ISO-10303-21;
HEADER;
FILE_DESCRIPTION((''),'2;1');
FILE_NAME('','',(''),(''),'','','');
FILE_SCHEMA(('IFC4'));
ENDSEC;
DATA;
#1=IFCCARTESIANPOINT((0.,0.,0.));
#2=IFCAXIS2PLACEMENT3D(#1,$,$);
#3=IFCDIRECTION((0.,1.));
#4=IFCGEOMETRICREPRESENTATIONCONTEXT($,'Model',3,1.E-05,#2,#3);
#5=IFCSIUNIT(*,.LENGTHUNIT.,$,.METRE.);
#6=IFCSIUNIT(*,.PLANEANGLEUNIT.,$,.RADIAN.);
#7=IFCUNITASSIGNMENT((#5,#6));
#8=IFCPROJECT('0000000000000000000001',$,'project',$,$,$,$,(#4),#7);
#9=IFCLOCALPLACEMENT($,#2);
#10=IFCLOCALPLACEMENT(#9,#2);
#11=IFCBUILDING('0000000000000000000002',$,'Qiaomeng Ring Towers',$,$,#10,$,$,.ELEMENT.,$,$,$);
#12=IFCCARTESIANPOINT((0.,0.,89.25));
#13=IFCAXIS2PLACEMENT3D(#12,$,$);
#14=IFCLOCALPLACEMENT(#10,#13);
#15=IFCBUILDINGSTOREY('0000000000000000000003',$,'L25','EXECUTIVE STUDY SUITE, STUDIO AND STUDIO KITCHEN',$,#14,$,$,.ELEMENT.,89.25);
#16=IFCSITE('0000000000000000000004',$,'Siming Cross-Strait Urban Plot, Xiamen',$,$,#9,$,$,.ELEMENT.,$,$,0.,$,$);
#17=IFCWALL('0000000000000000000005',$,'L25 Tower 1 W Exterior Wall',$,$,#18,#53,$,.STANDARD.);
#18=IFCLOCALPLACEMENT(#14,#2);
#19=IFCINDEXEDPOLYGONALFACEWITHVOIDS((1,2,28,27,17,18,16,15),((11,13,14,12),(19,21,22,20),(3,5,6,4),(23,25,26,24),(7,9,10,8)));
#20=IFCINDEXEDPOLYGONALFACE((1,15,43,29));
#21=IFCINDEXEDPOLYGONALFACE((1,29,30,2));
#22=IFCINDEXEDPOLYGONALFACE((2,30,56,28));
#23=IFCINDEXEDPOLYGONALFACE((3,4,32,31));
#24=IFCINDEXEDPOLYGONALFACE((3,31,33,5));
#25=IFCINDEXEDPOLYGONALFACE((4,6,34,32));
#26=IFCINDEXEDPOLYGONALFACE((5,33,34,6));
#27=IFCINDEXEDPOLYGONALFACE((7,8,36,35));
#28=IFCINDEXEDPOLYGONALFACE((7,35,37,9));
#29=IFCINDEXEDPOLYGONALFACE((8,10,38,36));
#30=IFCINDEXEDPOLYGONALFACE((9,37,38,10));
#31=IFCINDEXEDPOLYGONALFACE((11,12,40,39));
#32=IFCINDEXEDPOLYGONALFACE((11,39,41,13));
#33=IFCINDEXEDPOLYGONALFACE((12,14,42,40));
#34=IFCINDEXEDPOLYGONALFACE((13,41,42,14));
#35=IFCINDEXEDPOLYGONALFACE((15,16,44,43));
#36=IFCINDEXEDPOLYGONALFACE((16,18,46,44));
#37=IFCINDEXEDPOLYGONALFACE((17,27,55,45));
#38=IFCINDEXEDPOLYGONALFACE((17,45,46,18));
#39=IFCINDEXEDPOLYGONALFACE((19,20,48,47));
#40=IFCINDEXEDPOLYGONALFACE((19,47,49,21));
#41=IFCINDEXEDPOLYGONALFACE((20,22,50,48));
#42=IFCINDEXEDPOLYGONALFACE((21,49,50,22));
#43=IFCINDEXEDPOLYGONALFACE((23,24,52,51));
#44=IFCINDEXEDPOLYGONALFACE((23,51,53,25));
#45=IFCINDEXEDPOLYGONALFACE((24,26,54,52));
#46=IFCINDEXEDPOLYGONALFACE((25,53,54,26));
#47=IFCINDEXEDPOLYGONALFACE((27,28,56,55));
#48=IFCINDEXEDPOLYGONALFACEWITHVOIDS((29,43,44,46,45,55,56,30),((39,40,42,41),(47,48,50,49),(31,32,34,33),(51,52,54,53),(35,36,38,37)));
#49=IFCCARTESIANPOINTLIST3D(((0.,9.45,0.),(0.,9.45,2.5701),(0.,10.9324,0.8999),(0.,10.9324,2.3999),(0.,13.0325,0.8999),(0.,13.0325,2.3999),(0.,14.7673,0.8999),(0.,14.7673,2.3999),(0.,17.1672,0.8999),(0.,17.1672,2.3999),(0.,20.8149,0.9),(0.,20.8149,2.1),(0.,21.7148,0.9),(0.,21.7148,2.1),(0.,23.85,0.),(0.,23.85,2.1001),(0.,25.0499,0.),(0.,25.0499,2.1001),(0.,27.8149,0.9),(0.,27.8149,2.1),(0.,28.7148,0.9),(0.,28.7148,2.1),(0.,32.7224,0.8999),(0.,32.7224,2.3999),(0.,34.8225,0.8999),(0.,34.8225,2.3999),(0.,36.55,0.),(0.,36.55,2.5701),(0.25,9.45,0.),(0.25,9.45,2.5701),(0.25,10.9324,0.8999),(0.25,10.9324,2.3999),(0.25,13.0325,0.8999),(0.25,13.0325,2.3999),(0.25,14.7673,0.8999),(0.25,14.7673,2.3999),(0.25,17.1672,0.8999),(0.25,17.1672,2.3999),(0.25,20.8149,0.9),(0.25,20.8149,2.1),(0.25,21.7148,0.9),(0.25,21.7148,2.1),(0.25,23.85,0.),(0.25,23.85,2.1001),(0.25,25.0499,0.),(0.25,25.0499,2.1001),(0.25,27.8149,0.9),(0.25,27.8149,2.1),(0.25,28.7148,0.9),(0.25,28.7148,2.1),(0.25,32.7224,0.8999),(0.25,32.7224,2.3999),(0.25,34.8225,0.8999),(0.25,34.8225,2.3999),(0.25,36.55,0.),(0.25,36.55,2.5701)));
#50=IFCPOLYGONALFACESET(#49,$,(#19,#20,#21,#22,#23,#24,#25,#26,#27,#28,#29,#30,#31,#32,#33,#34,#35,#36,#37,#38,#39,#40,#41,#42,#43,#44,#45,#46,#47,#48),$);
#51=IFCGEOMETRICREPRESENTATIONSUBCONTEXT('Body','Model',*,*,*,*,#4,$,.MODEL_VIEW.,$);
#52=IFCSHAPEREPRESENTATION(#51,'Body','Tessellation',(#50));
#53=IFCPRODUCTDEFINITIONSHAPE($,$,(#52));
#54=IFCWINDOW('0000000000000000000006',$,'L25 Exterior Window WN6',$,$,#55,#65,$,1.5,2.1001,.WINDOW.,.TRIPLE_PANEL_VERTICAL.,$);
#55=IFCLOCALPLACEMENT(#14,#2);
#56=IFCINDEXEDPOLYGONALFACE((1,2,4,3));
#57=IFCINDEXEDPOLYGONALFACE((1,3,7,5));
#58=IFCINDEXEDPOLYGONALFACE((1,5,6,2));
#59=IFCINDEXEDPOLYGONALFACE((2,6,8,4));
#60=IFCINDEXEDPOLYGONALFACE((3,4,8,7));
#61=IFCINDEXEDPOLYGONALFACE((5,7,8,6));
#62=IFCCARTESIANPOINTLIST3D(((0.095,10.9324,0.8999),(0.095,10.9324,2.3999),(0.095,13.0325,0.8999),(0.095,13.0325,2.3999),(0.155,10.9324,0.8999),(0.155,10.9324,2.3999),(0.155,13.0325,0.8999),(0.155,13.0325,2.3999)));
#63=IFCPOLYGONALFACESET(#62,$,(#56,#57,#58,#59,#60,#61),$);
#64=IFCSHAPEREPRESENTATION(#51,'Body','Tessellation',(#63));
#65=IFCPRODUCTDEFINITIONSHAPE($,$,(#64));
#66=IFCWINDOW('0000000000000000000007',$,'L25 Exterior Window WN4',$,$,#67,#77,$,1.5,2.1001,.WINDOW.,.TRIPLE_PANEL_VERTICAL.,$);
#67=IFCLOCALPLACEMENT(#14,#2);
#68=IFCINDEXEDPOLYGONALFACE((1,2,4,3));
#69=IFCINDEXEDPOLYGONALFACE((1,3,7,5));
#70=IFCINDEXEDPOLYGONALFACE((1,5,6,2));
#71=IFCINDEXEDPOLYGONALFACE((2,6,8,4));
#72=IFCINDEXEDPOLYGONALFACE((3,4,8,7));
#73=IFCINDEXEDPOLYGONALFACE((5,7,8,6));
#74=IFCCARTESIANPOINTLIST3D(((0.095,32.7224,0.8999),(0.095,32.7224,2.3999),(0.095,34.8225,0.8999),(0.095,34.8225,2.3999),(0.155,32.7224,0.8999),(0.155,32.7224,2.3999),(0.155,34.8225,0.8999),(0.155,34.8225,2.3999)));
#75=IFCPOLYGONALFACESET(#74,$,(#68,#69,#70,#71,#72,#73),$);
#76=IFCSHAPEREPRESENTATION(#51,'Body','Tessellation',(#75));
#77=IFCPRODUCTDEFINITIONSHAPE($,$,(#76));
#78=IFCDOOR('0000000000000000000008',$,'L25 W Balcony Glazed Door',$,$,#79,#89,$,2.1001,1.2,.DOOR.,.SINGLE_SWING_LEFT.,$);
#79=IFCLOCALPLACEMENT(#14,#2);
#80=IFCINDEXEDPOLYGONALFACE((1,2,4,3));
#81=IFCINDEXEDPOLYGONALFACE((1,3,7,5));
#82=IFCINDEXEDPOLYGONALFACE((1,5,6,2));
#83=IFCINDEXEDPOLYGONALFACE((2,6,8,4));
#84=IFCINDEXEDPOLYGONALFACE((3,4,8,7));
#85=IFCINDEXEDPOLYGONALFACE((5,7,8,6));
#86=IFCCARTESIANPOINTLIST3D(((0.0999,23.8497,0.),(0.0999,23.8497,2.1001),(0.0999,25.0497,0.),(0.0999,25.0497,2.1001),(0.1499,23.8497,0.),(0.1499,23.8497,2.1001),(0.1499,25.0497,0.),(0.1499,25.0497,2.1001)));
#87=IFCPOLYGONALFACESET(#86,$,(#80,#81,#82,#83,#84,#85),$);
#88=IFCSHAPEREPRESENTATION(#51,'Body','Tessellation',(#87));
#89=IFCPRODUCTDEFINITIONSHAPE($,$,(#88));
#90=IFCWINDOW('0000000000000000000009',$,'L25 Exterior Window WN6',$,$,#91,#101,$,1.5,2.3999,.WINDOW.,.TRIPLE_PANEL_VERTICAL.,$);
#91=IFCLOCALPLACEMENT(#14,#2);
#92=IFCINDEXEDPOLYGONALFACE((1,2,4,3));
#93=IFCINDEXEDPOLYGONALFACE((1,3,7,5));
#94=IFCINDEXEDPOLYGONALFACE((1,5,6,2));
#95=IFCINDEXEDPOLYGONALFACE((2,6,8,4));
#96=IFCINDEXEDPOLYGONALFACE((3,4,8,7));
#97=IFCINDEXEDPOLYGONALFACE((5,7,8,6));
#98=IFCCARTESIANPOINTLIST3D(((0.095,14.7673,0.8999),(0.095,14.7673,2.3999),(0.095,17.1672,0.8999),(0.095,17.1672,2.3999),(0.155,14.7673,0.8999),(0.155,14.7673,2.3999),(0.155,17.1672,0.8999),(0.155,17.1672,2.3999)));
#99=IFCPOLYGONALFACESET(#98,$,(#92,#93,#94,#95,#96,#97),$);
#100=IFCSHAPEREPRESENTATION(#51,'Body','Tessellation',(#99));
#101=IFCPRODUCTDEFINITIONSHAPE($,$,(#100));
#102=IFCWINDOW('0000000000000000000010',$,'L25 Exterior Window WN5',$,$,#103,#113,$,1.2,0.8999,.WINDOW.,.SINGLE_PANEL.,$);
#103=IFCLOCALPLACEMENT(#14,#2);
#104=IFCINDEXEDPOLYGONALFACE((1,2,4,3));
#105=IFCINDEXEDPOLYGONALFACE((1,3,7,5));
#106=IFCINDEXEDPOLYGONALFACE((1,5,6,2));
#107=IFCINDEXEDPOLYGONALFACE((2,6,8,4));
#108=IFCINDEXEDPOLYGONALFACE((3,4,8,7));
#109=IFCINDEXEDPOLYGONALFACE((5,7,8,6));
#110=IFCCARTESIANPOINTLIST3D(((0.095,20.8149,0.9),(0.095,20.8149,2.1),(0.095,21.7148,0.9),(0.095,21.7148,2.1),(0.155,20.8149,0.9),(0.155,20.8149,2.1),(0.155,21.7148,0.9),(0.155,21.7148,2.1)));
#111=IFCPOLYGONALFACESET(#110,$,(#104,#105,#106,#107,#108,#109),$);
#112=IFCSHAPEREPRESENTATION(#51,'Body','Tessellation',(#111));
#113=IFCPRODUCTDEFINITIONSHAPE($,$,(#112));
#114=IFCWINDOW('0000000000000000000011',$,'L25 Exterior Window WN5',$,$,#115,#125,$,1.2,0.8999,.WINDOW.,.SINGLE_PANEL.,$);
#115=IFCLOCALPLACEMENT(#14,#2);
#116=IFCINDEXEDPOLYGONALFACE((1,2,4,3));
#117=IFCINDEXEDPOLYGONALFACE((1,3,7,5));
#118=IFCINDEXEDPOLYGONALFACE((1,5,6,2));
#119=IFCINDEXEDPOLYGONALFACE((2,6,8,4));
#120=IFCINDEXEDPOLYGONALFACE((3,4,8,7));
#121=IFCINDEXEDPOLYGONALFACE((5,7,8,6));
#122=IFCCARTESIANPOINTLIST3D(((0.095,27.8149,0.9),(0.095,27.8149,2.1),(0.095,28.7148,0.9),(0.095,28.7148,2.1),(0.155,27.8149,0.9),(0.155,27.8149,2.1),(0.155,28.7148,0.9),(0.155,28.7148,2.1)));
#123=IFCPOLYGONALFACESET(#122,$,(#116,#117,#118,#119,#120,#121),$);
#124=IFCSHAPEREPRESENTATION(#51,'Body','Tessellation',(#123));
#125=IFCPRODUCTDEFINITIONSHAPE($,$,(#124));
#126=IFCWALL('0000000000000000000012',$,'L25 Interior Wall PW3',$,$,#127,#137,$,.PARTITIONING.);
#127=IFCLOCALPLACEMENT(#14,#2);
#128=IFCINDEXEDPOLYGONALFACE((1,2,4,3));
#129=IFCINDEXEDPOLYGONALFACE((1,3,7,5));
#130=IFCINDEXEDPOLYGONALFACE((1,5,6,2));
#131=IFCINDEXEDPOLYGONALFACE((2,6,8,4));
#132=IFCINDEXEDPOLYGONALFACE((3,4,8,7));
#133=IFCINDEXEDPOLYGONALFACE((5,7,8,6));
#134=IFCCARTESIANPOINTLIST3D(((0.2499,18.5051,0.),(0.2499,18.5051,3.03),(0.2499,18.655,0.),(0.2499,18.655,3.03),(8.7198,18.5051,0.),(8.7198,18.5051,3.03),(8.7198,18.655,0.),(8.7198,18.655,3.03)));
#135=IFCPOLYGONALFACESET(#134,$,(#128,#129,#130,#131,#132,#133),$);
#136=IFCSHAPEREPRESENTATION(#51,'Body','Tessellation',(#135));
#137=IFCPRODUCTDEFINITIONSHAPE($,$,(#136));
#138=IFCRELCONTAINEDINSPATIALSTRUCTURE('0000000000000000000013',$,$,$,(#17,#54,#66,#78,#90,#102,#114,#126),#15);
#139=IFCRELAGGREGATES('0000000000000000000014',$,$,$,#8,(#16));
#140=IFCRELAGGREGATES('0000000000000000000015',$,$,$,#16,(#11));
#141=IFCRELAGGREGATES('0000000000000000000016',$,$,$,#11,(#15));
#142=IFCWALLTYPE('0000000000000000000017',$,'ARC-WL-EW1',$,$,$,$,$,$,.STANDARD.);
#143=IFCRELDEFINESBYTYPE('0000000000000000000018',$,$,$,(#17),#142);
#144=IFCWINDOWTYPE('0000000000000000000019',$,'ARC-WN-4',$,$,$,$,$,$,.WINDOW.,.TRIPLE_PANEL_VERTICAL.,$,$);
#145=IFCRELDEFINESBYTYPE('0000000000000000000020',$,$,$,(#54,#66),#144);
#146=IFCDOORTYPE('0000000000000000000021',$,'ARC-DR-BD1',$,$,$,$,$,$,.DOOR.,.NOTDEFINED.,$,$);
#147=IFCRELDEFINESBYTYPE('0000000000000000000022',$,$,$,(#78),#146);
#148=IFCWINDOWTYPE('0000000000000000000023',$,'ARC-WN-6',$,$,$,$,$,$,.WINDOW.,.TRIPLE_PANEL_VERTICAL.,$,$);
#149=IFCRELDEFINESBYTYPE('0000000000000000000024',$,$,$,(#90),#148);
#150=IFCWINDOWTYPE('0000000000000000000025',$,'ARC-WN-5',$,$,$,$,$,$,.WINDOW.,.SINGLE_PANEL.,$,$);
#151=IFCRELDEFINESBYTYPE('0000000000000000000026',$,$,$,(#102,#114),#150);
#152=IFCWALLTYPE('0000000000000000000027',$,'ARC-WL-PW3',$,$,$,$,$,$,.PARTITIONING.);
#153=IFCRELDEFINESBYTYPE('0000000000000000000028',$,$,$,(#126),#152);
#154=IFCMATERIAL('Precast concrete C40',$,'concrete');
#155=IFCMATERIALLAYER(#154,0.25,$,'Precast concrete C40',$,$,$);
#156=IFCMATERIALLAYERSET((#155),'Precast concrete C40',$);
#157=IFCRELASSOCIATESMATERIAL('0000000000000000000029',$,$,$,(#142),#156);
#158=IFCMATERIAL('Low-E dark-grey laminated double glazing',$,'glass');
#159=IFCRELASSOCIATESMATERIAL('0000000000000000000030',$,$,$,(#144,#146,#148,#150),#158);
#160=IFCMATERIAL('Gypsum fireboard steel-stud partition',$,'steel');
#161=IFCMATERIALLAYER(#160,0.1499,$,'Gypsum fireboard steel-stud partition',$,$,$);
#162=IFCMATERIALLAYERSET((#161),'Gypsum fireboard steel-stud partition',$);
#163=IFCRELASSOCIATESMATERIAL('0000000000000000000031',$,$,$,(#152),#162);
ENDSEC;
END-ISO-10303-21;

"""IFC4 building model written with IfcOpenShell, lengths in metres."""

from ifc_helpers import new_model, si_unit, direction, frame, frame_2d, origin, place, context, subcontext, project, spatial, rectangle, extrude, source, transform, mapped, material, layer, layer_set, type_object, element, fill, save


model = new_model("IFC4")

# Units and contexts
model_context = context("Model", 3, precision=1e-05, world=origin(), true_north=direction((0.0, 1.0)))
body_context = subcontext(model_context, "Body", "Model", "MODEL_VIEW")
ifc_project = project(units=[si_unit("LENGTHUNIT", "METRE"), si_unit("PLANEANGLEUNIT", "RADIAN")], contexts=[model_context])

# Site, building, storey
site_placement = place(None, origin())
site = spatial("IfcSite", under=ifc_project, at=site_placement, Name="Siming Cross-Strait Urban Plot, Xiamen", CompositionType="ELEMENT", RefElevation=0.0)
building_placement = place(site_placement, origin())
building = spatial("IfcBuilding", under=site, at=building_placement, Name="Qiaomeng Ring Towers", CompositionType="ELEMENT")
storey_placement = place(building_placement, frame((0.0, 0.0, 89.25)))
storey = spatial("IfcBuildingStorey", under=building, at=storey_placement, Name="L25", Description="EXECUTIVE STUDY SUITE, STUDIO AND STUDIO KITCHEN", CompositionType="ELEMENT", Elevation=89.25)

# Wall, openings, windows, door
ifc_material_1 = material(Name="Precast concrete C40", Category="concrete")
ifc_layer_1 = layer(ifc_material_1, 0.25, Name="Precast concrete C40")
ifc_layer_set_1 = layer_set([ifc_layer_1], Name="Precast concrete C40")
wall_type_1 = type_object("IfcWallType", Name="ARC-WL-EW1", PredefinedType="STANDARD", material=ifc_layer_set_1)
wall_1_placement = place(storey_placement, frame((0.125, 9.45, 0.0), z_axis=(0.0, 0.0, 1.0), x_axis=(0.0, 1.0, 0.0)))
wall_1 = element("IfcWall", 1, at=wall_1_placement, inside=storey, type_object=wall_type_1, Name="L25 Tower 1 W Exterior Wall", PredefinedType="STANDARD", context=body_context, shape_type="SweptSolid", body=[
    extrude(rectangle(XDim=27.1001, YDim=0.25, at=frame_2d((13.55, 0.0))), origin(), (0.0, 0.0, 1.0), 2.5701),
])
opening_1_placement = place(wall_1_placement, frame((14.3999, 0.0, 0.0)))
opening_1 = element("IfcOpeningElement", 2, at=opening_1_placement, cuts=wall_1, PredefinedType="OPENING", context=body_context, shape_type="SweptSolid", body=[
    extrude(rectangle(XDim=1.2, YDim=2.1001, at=frame_2d((0.6001, 1.05))), frame((0.0, 0.135, 0.0), z_axis=(0.0, -1.0, 0.0), x_axis=(1.0, 0.0, 0.0)), (0.0, 0.0, 1.0), 0.27),
])
opening_2_placement = place(wall_1_placement, frame((1.4824, 0.0, 0.8999)))
opening_2 = element("IfcOpeningElement", 3, at=opening_2_placement, cuts=wall_1, PredefinedType="OPENING", context=body_context, shape_type="SweptSolid", body=[
    extrude(rectangle(XDim=2.1001, YDim=1.5, at=frame_2d((1.05, 0.75))), frame((0.0, 0.135, 0.0), z_axis=(0.0, -1.0, 0.0), x_axis=(1.0, 0.0, 0.0)), (0.0, 0.0, 1.0), 0.27),
])
opening_3_placement = place(wall_1_placement, frame((23.2725, 0.0, 0.8999)))
opening_3 = element("IfcOpeningElement", 4, at=opening_3_placement, cuts=wall_1, PredefinedType="OPENING", context=body_context, shape_type="SweptSolid", body=[
    extrude(rectangle(XDim=2.1001, YDim=1.5, at=frame_2d((1.05, 0.75))), frame((0.0, 0.135, 0.0), z_axis=(0.0, -1.0, 0.0), x_axis=(1.0, 0.0, 0.0)), (0.0, 0.0, 1.0), 0.27),
])
opening_4_placement = place(wall_1_placement, frame((5.3174, 0.0, 0.8999)))
opening_4 = element("IfcOpeningElement", 5, at=opening_4_placement, cuts=wall_1, PredefinedType="OPENING", context=body_context, shape_type="SweptSolid", body=[
    extrude(rectangle(XDim=2.3999, YDim=1.5, at=frame_2d((1.2, 0.75))), frame((0.0, 0.135, 0.0), z_axis=(0.0, -1.0, 0.0), x_axis=(1.0, 0.0, 0.0)), (0.0, 0.0, 1.0), 0.27),
])
opening_5_placement = place(wall_1_placement, frame((11.365, 0.0, 0.8999)))
opening_5 = element("IfcOpeningElement", 6, at=opening_5_placement, cuts=wall_1, PredefinedType="OPENING", context=body_context, shape_type="SweptSolid", body=[
    extrude(rectangle(XDim=0.8999, YDim=1.2, at=frame_2d((0.45, 0.6001))), frame((0.0, 0.135, 0.0), z_axis=(0.0, -1.0, 0.0), x_axis=(1.0, 0.0, 0.0)), (0.0, 0.0, 1.0), 0.27),
])
opening_6_placement = place(wall_1_placement, frame((18.365, 0.0, 0.8999)))
opening_6 = element("IfcOpeningElement", 7, at=opening_6_placement, cuts=wall_1, PredefinedType="OPENING", context=body_context, shape_type="SweptSolid", body=[
    extrude(rectangle(XDim=0.8999, YDim=1.2, at=frame_2d((0.45, 0.6001))), frame((0.0, 0.135, 0.0), z_axis=(0.0, -1.0, 0.0), x_axis=(1.0, 0.0, 0.0)), (0.0, 0.0, 1.0), 0.27),
])
ifc_material_2 = material(Name="Low-E dark-grey laminated double glazing", Category="glass")
window_type_1 = type_object("IfcWindowType", Name="ARC-WN-4", PartitioningType="TRIPLE_PANEL_VERTICAL", PredefinedType="WINDOW", material=ifc_material_2)
shared_shape_1 = source(origin(), body_context, "Body", "SweptSolid", [
    extrude(rectangle(XDim=2.1001, YDim=1.5, at=frame_2d((1.05, 0.75))), frame((0.0, 0.03, 0.0), z_axis=(0.0, -1.0, 0.0), x_axis=(1.0, 0.0, 0.0)), (0.0, 0.0, 1.0), 0.0601),
])
window_1_placement = place(opening_2_placement, origin())
window_1 = element("IfcWindow", 8, at=window_1_placement, inside=storey, type_object=window_type_1, Name="L25 Exterior Window WN6", OverallHeight=1.5, OverallWidth=2.1001, PartitioningType="TRIPLE_PANEL_VERTICAL", PredefinedType="WINDOW", context=body_context, shape_type="MappedRepresentation", body=[
    mapped(shared_shape_1, transform((0.0, 0.0, 0.0), x_axis=(1.0, 0.0, 0.0), y_axis=(0.0, 1.0, 0.0), z_axis=(0.0, 0.0, 1.0), scale=1.0)),
])
fill(opening_2, window_1)
window_2_placement = place(opening_3_placement, origin())
window_2 = element("IfcWindow", 9, at=window_2_placement, inside=storey, type_object=window_type_1, Name="L25 Exterior Window WN4", OverallHeight=1.5, OverallWidth=2.1001, PartitioningType="TRIPLE_PANEL_VERTICAL", PredefinedType="WINDOW", context=body_context, shape_type="MappedRepresentation", body=[
    mapped(shared_shape_1, transform((0.0, 0.0, 0.0), x_axis=(1.0, 0.0, 0.0), y_axis=(0.0, 1.0, 0.0), z_axis=(0.0, 0.0, 1.0), scale=1.0)),
])
fill(opening_3, window_2)
door_type_1 = type_object("IfcDoorType", Name="ARC-DR-BD1", OperationType="NOTDEFINED", PredefinedType="DOOR", material=ifc_material_2)
shared_shape_2 = source(origin(), body_context, "Body", "SweptSolid", [
    extrude(rectangle(XDim=1.2, YDim=2.1001, at=frame_2d((0.6001, 1.05))), frame((0.0, 0.0249, 0.0), z_axis=(0.0, -1.0, 0.0), x_axis=(1.0, 0.0, 0.0)), (0.0, 0.0, 1.0), 0.05),
])
door_1_placement = place(opening_1_placement, frame((1.2, 0.0, 0.0), z_axis=(0.0, 0.0, 1.0), x_axis=(-1.0, 0.0, 0.0)))
door_1 = element("IfcDoor", 10, at=door_1_placement, inside=storey, type_object=door_type_1, Name="L25 W Balcony Glazed Door", OperationType="SINGLE_SWING_LEFT", OverallHeight=2.1001, OverallWidth=1.2, PredefinedType="DOOR", context=body_context, shape_type="MappedRepresentation", body=[
    mapped(shared_shape_2, transform((0.0, 0.0, 0.0), x_axis=(1.0, 0.0, 0.0), y_axis=(0.0, 1.0, 0.0), z_axis=(0.0, 0.0, 1.0), scale=1.0)),
])
fill(opening_1, door_1)
window_type_2 = type_object("IfcWindowType", Name="ARC-WN-6", PartitioningType="TRIPLE_PANEL_VERTICAL", PredefinedType="WINDOW", material=ifc_material_2)
shared_shape_3 = source(origin(), body_context, "Body", "SweptSolid", [
    extrude(rectangle(XDim=2.3999, YDim=1.5, at=frame_2d((1.2, 0.75))), frame((0.0, 0.03, 0.0), z_axis=(0.0, -1.0, 0.0), x_axis=(1.0, 0.0, 0.0)), (0.0, 0.0, 1.0), 0.0601),
])
window_3_placement = place(opening_4_placement, origin())
window_3 = element("IfcWindow", 11, at=window_3_placement, inside=storey, type_object=window_type_2, Name="L25 Exterior Window WN6", OverallHeight=1.5, OverallWidth=2.3999, PartitioningType="TRIPLE_PANEL_VERTICAL", PredefinedType="WINDOW", context=body_context, shape_type="MappedRepresentation", body=[
    mapped(shared_shape_3, transform((0.0, 0.0, 0.0), x_axis=(1.0, 0.0, 0.0), y_axis=(0.0, 1.0, 0.0), z_axis=(0.0, 0.0, 1.0), scale=1.0)),
])
fill(opening_4, window_3)
window_type_3 = type_object("IfcWindowType", Name="ARC-WN-5", PartitioningType="SINGLE_PANEL", PredefinedType="WINDOW", material=ifc_material_2)
shared_shape_4 = source(origin(), body_context, "Body", "SweptSolid", [
    extrude(rectangle(XDim=0.8999, YDim=1.2, at=frame_2d((0.45, 0.6001))), frame((0.0, 0.03, 0.0), z_axis=(0.0, -1.0, 0.0), x_axis=(1.0, 0.0, 0.0)), (0.0, 0.0, 1.0), 0.0601),
])
window_4_placement = place(opening_5_placement, origin())
window_4 = element("IfcWindow", 12, at=window_4_placement, inside=storey, type_object=window_type_3, Name="L25 Exterior Window WN5", OverallHeight=1.2, OverallWidth=0.8999, PartitioningType="SINGLE_PANEL", PredefinedType="WINDOW", context=body_context, shape_type="MappedRepresentation", body=[
    mapped(shared_shape_4, transform((0.0, 0.0, 0.0), x_axis=(1.0, 0.0, 0.0), y_axis=(0.0, 1.0, 0.0), z_axis=(0.0, 0.0, 1.0), scale=1.0)),
])
fill(opening_5, window_4)
window_5_placement = place(opening_6_placement, origin())
window_5 = element("IfcWindow", 13, at=window_5_placement, inside=storey, type_object=window_type_3, Name="L25 Exterior Window WN5", OverallHeight=1.2, OverallWidth=0.8999, PartitioningType="SINGLE_PANEL", PredefinedType="WINDOW", context=body_context, shape_type="MappedRepresentation", body=[
    mapped(shared_shape_4, transform((0.0, 0.0, 0.0), x_axis=(1.0, 0.0, 0.0), y_axis=(0.0, 1.0, 0.0), z_axis=(0.0, 0.0, 1.0), scale=1.0)),
])
fill(opening_6, window_5)

# Wall
ifc_material_3 = material(Name="Gypsum fireboard steel-stud partition", Category="steel")
ifc_layer_2 = layer(ifc_material_3, 0.1499, Name="Gypsum fireboard steel-stud partition")
ifc_layer_set_2 = layer_set([ifc_layer_2], Name="Gypsum fireboard steel-stud partition")
wall_type_2 = type_object("IfcWallType", Name="ARC-WL-PW3", PredefinedType="PARTITIONING", material=ifc_layer_set_2)
wall_2_placement = place(storey_placement, frame((0.25, 18.5801, 0.0), z_axis=(0.0, 0.0, 1.0), x_axis=(1.0, 0.0, 0.0)))
element("IfcWall", 14, at=wall_2_placement, inside=storey, type_object=wall_type_2, Name="L25 Interior Wall PW3", PredefinedType="PARTITIONING", context=body_context, shape_type="SweptSolid", body=[
    extrude(rectangle(XDim=8.47, YDim=0.1499, at=frame_2d((4.2349, 0.0))), origin(), (0.0, 0.0, 1.0), 3.03),
])

save(model, "model.ifc")
